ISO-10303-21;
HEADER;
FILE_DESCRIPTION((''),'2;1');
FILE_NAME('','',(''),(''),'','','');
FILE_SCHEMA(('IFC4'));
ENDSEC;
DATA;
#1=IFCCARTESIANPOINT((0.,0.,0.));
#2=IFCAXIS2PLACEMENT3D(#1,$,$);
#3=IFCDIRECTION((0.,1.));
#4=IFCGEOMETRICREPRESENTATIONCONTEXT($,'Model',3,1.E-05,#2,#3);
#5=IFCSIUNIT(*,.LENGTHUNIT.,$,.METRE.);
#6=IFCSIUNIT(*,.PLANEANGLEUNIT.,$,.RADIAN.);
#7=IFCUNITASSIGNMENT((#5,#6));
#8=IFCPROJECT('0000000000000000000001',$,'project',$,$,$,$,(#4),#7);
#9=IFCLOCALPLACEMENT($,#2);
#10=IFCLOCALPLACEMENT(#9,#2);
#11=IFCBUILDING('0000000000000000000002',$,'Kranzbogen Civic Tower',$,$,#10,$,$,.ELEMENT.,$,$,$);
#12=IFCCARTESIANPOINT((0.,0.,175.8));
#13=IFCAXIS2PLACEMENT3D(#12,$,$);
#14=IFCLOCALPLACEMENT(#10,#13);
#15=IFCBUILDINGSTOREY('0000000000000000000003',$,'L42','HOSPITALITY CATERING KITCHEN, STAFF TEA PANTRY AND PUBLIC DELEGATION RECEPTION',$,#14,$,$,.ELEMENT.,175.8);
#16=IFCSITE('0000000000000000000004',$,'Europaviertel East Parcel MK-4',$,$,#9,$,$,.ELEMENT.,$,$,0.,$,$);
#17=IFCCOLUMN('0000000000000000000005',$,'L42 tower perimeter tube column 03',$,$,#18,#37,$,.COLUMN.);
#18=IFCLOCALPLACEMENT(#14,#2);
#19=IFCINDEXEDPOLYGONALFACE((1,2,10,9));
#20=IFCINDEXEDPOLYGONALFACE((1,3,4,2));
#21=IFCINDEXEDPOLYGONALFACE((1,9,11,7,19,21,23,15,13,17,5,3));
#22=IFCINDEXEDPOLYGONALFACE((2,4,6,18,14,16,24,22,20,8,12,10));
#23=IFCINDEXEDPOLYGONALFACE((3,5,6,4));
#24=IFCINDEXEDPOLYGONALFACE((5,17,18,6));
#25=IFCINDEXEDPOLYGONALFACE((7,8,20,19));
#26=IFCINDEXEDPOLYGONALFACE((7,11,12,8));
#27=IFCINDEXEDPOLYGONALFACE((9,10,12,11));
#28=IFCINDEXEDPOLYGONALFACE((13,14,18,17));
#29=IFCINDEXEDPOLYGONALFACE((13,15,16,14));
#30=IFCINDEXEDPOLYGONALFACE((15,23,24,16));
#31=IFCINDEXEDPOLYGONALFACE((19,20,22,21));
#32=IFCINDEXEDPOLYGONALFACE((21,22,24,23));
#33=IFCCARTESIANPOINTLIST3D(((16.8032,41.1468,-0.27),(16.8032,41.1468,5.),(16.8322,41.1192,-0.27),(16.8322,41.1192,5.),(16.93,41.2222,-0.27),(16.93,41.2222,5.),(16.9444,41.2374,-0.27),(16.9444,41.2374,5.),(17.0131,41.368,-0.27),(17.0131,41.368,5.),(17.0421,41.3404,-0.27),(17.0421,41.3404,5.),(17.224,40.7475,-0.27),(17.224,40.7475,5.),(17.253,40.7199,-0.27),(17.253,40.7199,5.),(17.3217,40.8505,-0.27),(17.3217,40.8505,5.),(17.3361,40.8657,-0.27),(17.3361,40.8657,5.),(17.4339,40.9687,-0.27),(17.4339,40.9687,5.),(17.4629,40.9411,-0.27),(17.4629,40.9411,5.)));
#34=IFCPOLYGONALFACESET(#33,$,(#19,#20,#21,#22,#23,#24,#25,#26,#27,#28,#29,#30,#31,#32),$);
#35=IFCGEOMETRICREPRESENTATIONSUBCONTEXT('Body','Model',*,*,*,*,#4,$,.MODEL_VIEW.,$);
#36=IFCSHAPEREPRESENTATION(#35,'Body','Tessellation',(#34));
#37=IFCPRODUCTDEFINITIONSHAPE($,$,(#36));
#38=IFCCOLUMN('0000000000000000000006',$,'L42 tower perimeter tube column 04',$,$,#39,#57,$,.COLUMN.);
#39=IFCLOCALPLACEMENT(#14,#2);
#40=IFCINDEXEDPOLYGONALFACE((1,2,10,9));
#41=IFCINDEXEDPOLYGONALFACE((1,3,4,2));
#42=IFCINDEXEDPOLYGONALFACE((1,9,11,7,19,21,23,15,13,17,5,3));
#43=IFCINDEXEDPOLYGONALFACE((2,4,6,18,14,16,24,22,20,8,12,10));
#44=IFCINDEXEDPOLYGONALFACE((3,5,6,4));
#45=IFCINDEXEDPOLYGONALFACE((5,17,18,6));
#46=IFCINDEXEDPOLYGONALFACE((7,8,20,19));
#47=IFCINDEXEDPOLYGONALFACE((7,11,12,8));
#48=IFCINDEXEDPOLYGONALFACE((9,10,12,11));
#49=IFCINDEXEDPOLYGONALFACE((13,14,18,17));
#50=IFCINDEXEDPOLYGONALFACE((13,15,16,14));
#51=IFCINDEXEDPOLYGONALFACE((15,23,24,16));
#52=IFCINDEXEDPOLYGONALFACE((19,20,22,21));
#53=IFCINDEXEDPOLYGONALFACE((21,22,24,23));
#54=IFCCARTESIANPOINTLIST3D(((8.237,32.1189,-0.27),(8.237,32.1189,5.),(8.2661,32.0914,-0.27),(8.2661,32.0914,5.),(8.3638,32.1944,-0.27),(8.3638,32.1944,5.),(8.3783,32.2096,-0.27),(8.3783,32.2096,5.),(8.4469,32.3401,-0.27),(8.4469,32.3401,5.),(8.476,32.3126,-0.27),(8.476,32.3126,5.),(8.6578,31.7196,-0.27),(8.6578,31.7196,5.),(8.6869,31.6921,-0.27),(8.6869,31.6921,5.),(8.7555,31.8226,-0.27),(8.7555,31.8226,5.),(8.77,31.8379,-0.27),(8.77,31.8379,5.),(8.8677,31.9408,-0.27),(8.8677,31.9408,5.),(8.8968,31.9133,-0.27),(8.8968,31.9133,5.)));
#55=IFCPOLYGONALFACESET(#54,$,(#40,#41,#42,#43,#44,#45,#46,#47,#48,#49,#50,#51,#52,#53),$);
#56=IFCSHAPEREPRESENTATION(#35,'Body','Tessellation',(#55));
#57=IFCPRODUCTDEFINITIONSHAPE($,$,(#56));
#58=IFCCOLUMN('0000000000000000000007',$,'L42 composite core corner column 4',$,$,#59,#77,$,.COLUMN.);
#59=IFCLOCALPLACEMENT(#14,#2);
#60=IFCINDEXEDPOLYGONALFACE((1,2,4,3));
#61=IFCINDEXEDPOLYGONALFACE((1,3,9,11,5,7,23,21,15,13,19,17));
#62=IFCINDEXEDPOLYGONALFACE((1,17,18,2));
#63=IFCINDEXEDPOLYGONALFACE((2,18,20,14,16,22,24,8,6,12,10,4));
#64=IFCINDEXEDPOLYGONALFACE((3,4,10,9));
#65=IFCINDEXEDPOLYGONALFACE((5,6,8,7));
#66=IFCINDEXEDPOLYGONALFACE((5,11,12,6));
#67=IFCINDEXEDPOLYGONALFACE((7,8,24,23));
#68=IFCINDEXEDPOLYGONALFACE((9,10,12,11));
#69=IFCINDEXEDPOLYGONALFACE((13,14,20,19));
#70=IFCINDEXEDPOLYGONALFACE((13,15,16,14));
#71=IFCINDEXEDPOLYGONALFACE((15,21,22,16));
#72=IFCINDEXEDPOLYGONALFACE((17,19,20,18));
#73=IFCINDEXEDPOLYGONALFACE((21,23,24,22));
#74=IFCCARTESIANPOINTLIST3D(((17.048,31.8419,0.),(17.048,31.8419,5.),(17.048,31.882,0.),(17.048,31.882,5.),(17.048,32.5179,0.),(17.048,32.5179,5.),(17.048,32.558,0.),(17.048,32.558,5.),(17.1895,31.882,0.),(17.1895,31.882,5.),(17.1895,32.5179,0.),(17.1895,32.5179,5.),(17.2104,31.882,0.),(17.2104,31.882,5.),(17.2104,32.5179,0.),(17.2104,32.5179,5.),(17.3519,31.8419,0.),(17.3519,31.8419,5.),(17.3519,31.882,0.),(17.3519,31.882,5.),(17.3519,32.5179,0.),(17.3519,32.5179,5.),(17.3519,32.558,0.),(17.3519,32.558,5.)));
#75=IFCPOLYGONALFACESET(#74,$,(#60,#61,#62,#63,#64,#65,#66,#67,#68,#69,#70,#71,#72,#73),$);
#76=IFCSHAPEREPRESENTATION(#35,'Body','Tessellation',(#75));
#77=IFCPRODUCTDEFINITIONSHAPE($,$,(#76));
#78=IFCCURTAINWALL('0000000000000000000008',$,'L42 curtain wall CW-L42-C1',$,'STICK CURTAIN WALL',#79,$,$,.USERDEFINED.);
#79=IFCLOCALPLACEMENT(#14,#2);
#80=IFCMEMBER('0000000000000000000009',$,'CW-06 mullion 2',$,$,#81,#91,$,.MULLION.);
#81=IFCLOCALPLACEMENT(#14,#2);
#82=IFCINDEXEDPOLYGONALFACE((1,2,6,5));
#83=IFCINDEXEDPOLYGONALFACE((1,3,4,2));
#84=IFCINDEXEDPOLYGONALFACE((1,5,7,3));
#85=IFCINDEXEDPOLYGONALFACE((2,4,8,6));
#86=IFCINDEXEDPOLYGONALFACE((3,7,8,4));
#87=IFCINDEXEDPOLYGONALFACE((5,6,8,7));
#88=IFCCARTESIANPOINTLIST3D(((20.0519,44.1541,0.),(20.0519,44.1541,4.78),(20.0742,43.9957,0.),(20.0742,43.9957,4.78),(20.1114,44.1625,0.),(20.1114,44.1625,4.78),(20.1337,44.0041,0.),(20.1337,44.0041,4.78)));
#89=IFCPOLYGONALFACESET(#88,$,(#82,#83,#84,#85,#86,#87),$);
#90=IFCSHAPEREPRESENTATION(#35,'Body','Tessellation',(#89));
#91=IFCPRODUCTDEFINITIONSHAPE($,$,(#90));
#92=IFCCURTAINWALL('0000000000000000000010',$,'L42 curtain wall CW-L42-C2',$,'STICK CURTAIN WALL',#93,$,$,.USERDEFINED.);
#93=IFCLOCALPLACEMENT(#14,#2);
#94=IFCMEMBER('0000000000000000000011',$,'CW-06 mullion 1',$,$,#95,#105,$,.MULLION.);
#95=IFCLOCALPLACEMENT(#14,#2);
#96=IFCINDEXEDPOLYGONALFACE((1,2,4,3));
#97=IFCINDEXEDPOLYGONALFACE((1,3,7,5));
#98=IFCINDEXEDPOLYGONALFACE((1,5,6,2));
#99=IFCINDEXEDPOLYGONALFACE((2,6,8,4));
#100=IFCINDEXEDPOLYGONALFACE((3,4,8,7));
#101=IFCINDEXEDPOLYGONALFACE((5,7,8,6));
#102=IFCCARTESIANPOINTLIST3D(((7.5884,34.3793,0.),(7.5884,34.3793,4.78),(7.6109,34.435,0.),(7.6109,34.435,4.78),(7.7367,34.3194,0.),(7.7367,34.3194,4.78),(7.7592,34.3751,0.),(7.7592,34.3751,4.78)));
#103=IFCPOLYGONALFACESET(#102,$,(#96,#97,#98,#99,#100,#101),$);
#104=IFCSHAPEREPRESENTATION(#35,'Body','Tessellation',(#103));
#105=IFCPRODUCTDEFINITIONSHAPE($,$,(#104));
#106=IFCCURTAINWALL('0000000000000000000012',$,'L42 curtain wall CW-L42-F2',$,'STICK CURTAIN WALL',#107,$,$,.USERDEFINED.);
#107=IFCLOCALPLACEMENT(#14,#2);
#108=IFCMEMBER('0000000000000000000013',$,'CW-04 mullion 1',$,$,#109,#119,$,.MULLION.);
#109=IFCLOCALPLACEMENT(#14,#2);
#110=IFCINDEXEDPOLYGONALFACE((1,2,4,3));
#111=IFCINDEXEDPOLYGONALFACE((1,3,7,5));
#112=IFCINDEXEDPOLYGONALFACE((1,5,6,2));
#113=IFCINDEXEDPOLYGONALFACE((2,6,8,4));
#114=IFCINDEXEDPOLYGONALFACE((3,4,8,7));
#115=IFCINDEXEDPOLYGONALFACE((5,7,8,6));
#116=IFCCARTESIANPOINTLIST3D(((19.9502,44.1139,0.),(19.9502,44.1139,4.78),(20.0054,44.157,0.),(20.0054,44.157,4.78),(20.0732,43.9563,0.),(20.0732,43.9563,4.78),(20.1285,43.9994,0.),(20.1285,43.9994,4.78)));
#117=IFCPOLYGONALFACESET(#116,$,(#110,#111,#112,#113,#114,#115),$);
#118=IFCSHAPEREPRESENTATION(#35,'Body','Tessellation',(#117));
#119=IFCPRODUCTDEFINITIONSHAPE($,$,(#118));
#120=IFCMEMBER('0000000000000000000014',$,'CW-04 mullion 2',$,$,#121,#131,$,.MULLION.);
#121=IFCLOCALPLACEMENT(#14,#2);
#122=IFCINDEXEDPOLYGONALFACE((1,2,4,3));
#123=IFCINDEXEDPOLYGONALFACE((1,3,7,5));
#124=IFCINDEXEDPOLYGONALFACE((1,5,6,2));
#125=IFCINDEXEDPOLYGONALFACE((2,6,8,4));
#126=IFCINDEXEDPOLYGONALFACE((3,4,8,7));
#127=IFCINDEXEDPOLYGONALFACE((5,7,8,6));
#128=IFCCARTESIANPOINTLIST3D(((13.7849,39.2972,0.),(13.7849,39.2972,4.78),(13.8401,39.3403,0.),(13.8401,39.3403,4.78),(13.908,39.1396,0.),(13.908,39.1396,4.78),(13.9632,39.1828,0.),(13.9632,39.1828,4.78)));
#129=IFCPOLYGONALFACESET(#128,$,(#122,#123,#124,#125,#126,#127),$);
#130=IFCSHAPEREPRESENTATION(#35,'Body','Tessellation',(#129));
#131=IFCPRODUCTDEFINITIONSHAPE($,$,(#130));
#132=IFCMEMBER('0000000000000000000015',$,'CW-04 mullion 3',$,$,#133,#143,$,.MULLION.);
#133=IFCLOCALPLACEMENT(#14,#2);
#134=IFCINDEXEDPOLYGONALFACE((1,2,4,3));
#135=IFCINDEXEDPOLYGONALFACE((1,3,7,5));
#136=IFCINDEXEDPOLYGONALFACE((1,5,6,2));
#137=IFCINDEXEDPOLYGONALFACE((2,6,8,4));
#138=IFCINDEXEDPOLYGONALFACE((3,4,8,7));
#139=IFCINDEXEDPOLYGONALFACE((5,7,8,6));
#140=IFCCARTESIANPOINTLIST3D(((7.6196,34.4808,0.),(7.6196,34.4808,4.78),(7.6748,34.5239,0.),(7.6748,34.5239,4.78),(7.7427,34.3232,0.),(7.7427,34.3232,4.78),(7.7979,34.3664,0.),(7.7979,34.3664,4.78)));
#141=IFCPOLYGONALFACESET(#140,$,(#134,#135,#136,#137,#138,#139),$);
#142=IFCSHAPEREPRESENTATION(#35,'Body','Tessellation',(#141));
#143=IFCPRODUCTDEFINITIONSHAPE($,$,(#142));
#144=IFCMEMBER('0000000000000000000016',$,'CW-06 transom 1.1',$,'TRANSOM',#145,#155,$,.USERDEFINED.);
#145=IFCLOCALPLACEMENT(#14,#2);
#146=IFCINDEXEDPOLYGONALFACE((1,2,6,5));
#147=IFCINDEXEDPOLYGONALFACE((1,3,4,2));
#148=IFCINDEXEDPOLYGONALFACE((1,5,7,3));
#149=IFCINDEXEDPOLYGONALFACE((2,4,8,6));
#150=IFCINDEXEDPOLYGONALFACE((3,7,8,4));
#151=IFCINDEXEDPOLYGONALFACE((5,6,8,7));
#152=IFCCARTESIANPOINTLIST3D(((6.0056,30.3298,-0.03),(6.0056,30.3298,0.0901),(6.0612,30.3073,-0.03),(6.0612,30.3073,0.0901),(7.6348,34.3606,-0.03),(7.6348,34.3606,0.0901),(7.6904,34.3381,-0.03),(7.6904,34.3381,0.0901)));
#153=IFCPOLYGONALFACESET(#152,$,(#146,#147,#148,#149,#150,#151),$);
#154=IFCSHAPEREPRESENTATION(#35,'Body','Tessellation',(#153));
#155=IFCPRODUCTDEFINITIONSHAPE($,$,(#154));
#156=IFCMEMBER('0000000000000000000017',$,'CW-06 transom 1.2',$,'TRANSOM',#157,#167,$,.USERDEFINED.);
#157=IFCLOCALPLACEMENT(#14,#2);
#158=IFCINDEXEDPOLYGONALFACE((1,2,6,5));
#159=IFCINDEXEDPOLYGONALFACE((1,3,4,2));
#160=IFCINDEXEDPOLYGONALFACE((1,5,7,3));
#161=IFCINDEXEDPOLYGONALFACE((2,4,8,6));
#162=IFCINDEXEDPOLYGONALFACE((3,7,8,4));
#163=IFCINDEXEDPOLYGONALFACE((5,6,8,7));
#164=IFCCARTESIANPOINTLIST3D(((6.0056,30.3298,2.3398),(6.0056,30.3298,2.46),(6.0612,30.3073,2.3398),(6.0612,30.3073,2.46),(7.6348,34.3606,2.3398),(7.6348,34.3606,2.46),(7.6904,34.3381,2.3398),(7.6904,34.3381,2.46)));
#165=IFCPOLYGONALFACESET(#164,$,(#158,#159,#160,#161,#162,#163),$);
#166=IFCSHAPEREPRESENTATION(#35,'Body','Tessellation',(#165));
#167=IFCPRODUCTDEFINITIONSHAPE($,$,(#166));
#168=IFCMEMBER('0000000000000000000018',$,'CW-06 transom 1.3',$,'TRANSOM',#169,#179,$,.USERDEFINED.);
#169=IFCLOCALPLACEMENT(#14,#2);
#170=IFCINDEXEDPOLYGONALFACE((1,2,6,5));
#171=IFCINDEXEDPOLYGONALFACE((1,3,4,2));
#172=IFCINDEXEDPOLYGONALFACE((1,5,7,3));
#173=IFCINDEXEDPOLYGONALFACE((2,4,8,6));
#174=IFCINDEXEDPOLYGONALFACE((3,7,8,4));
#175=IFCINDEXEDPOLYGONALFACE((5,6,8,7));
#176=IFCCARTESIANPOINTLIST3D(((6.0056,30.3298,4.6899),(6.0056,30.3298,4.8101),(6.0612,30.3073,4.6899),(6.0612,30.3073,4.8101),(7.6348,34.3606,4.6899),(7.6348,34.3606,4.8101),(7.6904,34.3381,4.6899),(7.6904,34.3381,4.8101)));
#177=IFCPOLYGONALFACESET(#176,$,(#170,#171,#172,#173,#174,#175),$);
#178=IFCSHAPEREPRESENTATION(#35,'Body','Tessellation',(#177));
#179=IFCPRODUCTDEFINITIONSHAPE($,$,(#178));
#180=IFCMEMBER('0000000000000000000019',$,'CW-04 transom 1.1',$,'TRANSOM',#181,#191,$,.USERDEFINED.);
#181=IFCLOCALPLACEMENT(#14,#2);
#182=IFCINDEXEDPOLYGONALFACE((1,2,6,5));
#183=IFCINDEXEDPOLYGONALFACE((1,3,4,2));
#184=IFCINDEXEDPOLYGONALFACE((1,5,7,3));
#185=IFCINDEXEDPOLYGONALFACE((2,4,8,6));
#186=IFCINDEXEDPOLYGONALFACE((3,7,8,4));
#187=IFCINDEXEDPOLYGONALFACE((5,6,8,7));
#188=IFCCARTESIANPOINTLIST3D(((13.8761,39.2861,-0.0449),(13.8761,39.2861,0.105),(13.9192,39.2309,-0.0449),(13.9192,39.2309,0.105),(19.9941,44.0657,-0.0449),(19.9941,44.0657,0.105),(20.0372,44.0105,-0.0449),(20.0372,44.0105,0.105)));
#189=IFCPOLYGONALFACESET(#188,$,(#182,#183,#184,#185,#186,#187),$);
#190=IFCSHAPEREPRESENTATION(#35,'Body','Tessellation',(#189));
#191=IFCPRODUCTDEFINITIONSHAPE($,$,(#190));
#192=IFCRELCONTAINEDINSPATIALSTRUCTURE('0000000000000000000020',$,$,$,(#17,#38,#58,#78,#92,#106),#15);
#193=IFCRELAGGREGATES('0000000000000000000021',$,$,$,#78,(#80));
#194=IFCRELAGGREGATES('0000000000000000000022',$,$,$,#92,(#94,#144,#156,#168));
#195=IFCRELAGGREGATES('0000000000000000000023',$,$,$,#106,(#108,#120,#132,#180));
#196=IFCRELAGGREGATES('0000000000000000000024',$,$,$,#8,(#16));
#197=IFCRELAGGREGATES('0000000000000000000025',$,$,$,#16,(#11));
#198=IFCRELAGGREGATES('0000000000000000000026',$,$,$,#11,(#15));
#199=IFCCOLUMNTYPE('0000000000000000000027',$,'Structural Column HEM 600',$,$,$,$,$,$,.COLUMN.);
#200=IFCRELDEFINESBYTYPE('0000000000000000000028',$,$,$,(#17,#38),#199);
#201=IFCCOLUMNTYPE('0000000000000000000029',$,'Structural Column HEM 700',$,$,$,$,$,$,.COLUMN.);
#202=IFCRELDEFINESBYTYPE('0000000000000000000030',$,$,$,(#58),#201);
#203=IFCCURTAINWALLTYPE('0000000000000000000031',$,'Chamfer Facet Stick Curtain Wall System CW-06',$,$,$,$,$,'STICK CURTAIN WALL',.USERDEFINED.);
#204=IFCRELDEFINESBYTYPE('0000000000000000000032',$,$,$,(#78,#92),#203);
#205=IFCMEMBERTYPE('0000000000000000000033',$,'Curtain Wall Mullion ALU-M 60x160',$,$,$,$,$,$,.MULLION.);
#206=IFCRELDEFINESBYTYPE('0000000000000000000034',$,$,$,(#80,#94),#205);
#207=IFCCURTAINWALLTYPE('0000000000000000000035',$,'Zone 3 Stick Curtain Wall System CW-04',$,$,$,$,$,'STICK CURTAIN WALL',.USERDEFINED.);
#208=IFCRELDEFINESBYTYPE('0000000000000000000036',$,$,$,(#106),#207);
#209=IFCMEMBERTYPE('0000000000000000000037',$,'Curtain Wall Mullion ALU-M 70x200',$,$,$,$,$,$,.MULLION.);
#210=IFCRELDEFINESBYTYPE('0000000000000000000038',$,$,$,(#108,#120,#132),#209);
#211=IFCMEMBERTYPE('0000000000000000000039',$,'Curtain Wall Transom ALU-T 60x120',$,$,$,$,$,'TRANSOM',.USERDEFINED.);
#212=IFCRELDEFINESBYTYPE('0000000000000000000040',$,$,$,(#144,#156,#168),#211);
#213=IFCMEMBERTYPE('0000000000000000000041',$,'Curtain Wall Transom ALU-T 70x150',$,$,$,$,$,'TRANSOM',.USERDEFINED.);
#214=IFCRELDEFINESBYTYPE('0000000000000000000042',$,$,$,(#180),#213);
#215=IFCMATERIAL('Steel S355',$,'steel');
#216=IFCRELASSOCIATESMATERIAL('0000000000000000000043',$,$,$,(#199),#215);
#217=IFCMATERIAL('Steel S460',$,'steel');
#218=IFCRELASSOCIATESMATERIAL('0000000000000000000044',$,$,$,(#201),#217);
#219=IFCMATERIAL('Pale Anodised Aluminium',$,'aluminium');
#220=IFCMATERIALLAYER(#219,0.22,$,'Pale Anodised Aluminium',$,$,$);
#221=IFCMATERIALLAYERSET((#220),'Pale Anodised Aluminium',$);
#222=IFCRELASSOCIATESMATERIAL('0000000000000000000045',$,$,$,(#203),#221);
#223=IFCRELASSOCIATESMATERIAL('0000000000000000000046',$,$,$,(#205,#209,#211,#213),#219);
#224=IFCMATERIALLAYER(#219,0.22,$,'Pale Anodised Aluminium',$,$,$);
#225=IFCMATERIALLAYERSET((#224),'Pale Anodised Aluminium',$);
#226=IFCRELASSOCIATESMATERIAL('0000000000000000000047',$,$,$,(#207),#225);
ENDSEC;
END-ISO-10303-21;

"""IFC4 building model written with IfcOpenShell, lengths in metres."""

from ifc_helpers import new_model, si_unit, direction, frame, origin, origin_2d, place, context, subcontext, project, spatial, rectangle, i_section, extrude, material, layer, layer_set, material_profile, profile_set, type_object, element, aggregate, save


model = new_model("IFC4")

# Units and contexts
model_context = context("Model", 3, precision=1e-05, world=origin(), true_north=direction((0.0, 1.0)))
body_context = subcontext(model_context, "Body", "Model", "MODEL_VIEW")
ifc_project = project(units=[si_unit("LENGTHUNIT", "METRE"), si_unit("PLANEANGLEUNIT", "RADIAN")], contexts=[model_context])

# Site, building, storey
site_placement = place(None, origin())
site = spatial("IfcSite", under=ifc_project, at=site_placement, Name="Europaviertel East Parcel MK-4", CompositionType="ELEMENT", RefElevation=0.0)
building_placement = place(site_placement, origin())
building = spatial("IfcBuilding", under=site, at=building_placement, Name="Kranzbogen Civic Tower", CompositionType="ELEMENT")
storey_placement = place(building_placement, frame((0.0, 0.0, 175.8)))
storey = spatial("IfcBuildingStorey", under=building, at=storey_placement, Name="L42", Description="HOSPITALITY CATERING KITCHEN, STAFF TEA PANTRY AND PUBLIC DELEGATION RECEPTION", CompositionType="ELEMENT", Elevation=175.8)

# Columns
ifc_material_1 = material(Name="Steel S355", Category="steel")
ifc_material_profile_1 = material_profile(ifc_material_1, i_section(OverallWidth=0.3049, OverallDepth=0.6201, WebThickness=0.021, FlangeThickness=0.04, at=origin_2d()), Name="HEM 600")
ifc_profile_set_1 = profile_set([ifc_material_profile_1], Name="Steel S355")
column_type_1 = type_object("IfcColumnType", Name="Structural Column HEM 600", PredefinedType="COLUMN", material=ifc_profile_set_1)
for number, where, z_axis, x_axis, name in (
    (1, (17.1331, 41.0439, -0.27), (0.0, 0.0, 1.0), (0.688355, 0.725374, 0.0), "L42 tower perimeter tube column 03"),
    (2, (8.5669, 32.0161, -0.27), (0.0, 0.0, 1.0), (0.688355, 0.725374, 0.0), "L42 tower perimeter tube column 04"),
):
    element("IfcColumn", number, at=place(storey_placement, frame(where, z_axis=z_axis, x_axis=x_axis)), inside=storey, type_object=column_type_1, Name=name, PredefinedType="COLUMN", context=body_context, shape_type="SweptSolid", body=[
        extrude(i_section(OverallWidth=0.3049, OverallDepth=0.6201, WebThickness=0.021, FlangeThickness=0.04, at=origin_2d()), origin(), (0.0, 0.0, 1.0), 5.27),
    ])
ifc_material_2 = material(Name="Steel S460", Category="steel")
ifc_material_profile_2 = material_profile(ifc_material_2, i_section(OverallWidth=0.304, OverallDepth=0.7161, WebThickness=0.021, FlangeThickness=0.04, at=origin_2d()), Name="HEM 700")
ifc_profile_set_2 = profile_set([ifc_material_profile_2], Name="Steel S460")
column_type_2 = type_object("IfcColumnType", Name="Structural Column HEM 700", PredefinedType="COLUMN", material=ifc_profile_set_2)
column_placement = place(storey_placement, frame((17.2, 32.2, 0.0), z_axis=(0.0, 0.0, 1.0), x_axis=(1.0, 0.0, 0.0)))
element("IfcColumn", 3, at=column_placement, inside=storey, type_object=column_type_2, Name="L42 composite core corner column 4", PredefinedType="COLUMN", context=body_context, shape_type="SweptSolid", body=[
    extrude(i_section(OverallWidth=0.304, OverallDepth=0.7161, WebThickness=0.021, FlangeThickness=0.04, at=origin_2d()), origin(), (0.0, 0.0, 1.0), 5.0),
])

# Curtain walls, members
ifc_material_3 = material(Name="Pale Anodised Aluminium", Category="aluminium")
ifc_layer_1 = layer(ifc_material_3, 0.22, Name="Pale Anodised Aluminium")
ifc_layer_set_1 = layer_set([ifc_layer_1], Name="Pale Anodised Aluminium")
curtain_wall_type_1 = type_object("IfcCurtainWallType", Name="Chamfer Facet Stick Curtain Wall System CW-06", ElementType="STICK CURTAIN WALL", PredefinedType="USERDEFINED", material=ifc_layer_set_1)
curtain_wall_1_placement = place(storey_placement, origin())
curtain_wall_1 = element("IfcCurtainWall", 4, at=curtain_wall_1_placement, inside=storey, type_object=curtain_wall_type_1, Name="L42 curtain wall CW-L42-C1", ObjectType="STICK CURTAIN WALL", PredefinedType="USERDEFINED")
ifc_material_profile_3 = material_profile(ifc_material_3, rectangle(XDim=0.0601, YDim=0.1599, at=origin_2d()), Name="ALU-M 60x160")
ifc_profile_set_3 = profile_set([ifc_material_profile_3], Name="Pale Anodised Aluminium")
member_type_1 = type_object("IfcMemberType", Name="Curtain Wall Mullion ALU-M 60x160", PredefinedType="MULLION", material=ifc_profile_set_3)
member_1_placement = place(storey_placement, frame((20.0928, 44.0791, 0.0), z_axis=(0.0, 0.0, 1.0), x_axis=(-0.990234, -0.139416, 0.0)))
member_1 = element("IfcMember", 5, at=member_1_placement, type_object=member_type_1, Name="CW-06 mullion 2", PredefinedType="MULLION", context=body_context, shape_type="SweptSolid", body=[
    extrude(rectangle(XDim=0.0601, YDim=0.1599, at=origin_2d()), origin(), (0.0, 0.0, 1.0), 4.78),
])
curtain_wall_2_placement = place(storey_placement, origin())
curtain_wall_2 = element("IfcCurtainWall", 6, at=curtain_wall_2_placement, inside=storey, type_object=curtain_wall_type_1, Name="L42 curtain wall CW-L42-C2", ObjectType="STICK CURTAIN WALL", PredefinedType="USERDEFINED")
member_2_placement = place(storey_placement, frame((7.6738, 34.3772, 0.0), z_axis=(0.0, 0.0, 1.0), x_axis=(-0.374707, -0.927143, 0.0)))
member_2 = element("IfcMember", 7, at=member_2_placement, type_object=member_type_1, Name="CW-06 mullion 1", PredefinedType="MULLION", context=body_context, shape_type="SweptSolid", body=[
    extrude(rectangle(XDim=0.0601, YDim=0.1599, at=origin_2d()), origin(), (0.0, 0.0, 1.0), 4.78),
])

# Curtain wall, members
ifc_layer_2 = layer(ifc_material_3, 0.22, Name="Pale Anodised Aluminium")
ifc_layer_set_2 = layer_set([ifc_layer_2], Name="Pale Anodised Aluminium")
curtain_wall_type_2 = type_object("IfcCurtainWallType", Name="Zone 3 Stick Curtain Wall System CW-04", ElementType="STICK CURTAIN WALL", PredefinedType="USERDEFINED", material=ifc_layer_set_2)
curtain_wall_3_placement = place(storey_placement, origin())
curtain_wall_3 = element("IfcCurtainWall", 8, at=curtain_wall_3_placement, inside=storey, type_object=curtain_wall_type_2, Name="L42 curtain wall CW-L42-F2", ObjectType="STICK CURTAIN WALL", PredefinedType="USERDEFINED")
ifc_material_profile_4 = material_profile(ifc_material_3, rectangle(XDim=0.0701, YDim=0.2, at=origin_2d()), Name="ALU-M 70x200")
ifc_profile_set_4 = profile_set([ifc_material_profile_4], Name="Pale Anodised Aluminium")
member_type_2 = type_object("IfcMemberType", Name="Curtain Wall Mullion ALU-M 70x200", PredefinedType="MULLION", material=ifc_profile_set_4)
member_3_placement = place(storey_placement, frame((20.0393, 44.0566, 0.0), z_axis=(0.0, 0.0, 1.0), x_axis=(-0.788034, -0.615632, 0.0)))
member_3 = element("IfcMember", 9, at=member_3_placement, type_object=member_type_2, Name="CW-04 mullion 1", PredefinedType="MULLION", context=body_context, shape_type="SweptSolid", body=[
    extrude(rectangle(XDim=0.0701, YDim=0.2, at=origin_2d()), origin(), (0.0, 0.0, 1.0), 4.78),
])
member_4_placement = place(storey_placement, frame((13.874, 39.24, 0.0), z_axis=(0.0, 0.0, 1.0), x_axis=(-0.788034, -0.615632, 0.0)))
member_4 = element("IfcMember", 10, at=member_4_placement, type_object=member_type_2, Name="CW-04 mullion 2", PredefinedType="MULLION", context=body_context, shape_type="SweptSolid", body=[
    extrude(rectangle(XDim=0.0701, YDim=0.2, at=origin_2d()), origin(), (0.0, 0.0, 1.0), 4.78),
])
member_5_placement = place(storey_placement, frame((7.7087, 34.4236, 0.0), z_axis=(0.0, 0.0, 1.0), x_axis=(-0.788034, -0.615632, 0.0)))
member_5 = element("IfcMember", 11, at=member_5_placement, type_object=member_type_2, Name="CW-04 mullion 3", PredefinedType="MULLION", context=body_context, shape_type="SweptSolid", body=[
    extrude(rectangle(XDim=0.0701, YDim=0.2, at=origin_2d()), origin(), (0.0, 0.0, 1.0), 4.78),
])

# Members
ifc_material_profile_5 = material_profile(ifc_material_3, rectangle(XDim=0.0601, YDim=0.1201, at=origin_2d()), Name="ALU-T 60x120")
ifc_profile_set_5 = profile_set([ifc_material_profile_5], Name="Pale Anodised Aluminium")
member_type_3 = type_object("IfcMemberType", Name="Curtain Wall Transom ALU-T 60x120", ElementType="TRANSOM", PredefinedType="USERDEFINED", material=ifc_profile_set_5)
member_6_placement = place(storey_placement, frame((7.6626, 34.3494, 0.03), z_axis=(-0.374729, -0.927135, 0.0), x_axis=(0.927135, -0.374729, 0.0)))
member_6 = element("IfcMember", 12, at=member_6_placement, type_object=member_type_3, Name="CW-06 transom 1.1", ObjectType="TRANSOM", PredefinedType="USERDEFINED", context=body_context, shape_type="SweptSolid", body=[
    extrude(rectangle(XDim=0.0601, YDim=0.1201, at=origin_2d()), origin(), (0.0, 0.0, 1.0), 4.3477),
])
member_7_placement = place(storey_placement, frame((7.6626, 34.3494, 2.3999), z_axis=(-0.374729, -0.927135, 0.0), x_axis=(0.927135, -0.374729, 0.0)))
member_7 = element("IfcMember", 13, at=member_7_placement, type_object=member_type_3, Name="CW-06 transom 1.2", ObjectType="TRANSOM", PredefinedType="USERDEFINED", context=body_context, shape_type="SweptSolid", body=[
    extrude(rectangle(XDim=0.0601, YDim=0.1201, at=origin_2d()), origin(), (0.0, 0.0, 1.0), 4.3477),
])
member_8_placement = place(storey_placement, frame((7.6626, 34.3494, 4.75), z_axis=(-0.374729, -0.927135, 0.0), x_axis=(0.927135, -0.374729, 0.0)))
member_8 = element("IfcMember", 14, at=member_8_placement, type_object=member_type_3, Name="CW-06 transom 1.3", ObjectType="TRANSOM", PredefinedType="USERDEFINED", context=body_context, shape_type="SweptSolid", body=[
    extrude(rectangle(XDim=0.0601, YDim=0.1201, at=origin_2d()), origin(), (0.0, 0.0, 1.0), 4.3477),
])
ifc_material_profile_6 = material_profile(ifc_material_3, rectangle(XDim=0.0701, YDim=0.1499, at=origin_2d()), Name="ALU-T 70x150")
ifc_profile_set_6 = profile_set([ifc_material_profile_6], Name="Pale Anodised Aluminium")
member_type_4 = type_object("IfcMemberType", Name="Curtain Wall Transom ALU-T 70x150", ElementType="TRANSOM", PredefinedType="USERDEFINED", material=ifc_profile_set_6)
member_9_placement = place(storey_placement, frame((20.0156, 44.0381, 0.03), z_axis=(-0.78803, -0.615637, 0.0), x_axis=(0.615637, -0.78803, 0.0)))
member_9 = element("IfcMember", 15, at=member_9_placement, type_object=member_type_4, Name="CW-04 transom 1.1", ObjectType="TRANSOM", PredefinedType="USERDEFINED", context=body_context, shape_type="SweptSolid", body=[
    extrude(rectangle(XDim=0.0701, YDim=0.1499, at=origin_2d()), origin(), (0.0, 0.0, 1.0), 7.7637),
])

aggregate(curtain_wall_1, [member_1])
aggregate(curtain_wall_2, [member_2, member_6, member_7, member_8])
aggregate(curtain_wall_3, [member_3, member_4, member_5, member_9])

save(model, "model.ifc")
